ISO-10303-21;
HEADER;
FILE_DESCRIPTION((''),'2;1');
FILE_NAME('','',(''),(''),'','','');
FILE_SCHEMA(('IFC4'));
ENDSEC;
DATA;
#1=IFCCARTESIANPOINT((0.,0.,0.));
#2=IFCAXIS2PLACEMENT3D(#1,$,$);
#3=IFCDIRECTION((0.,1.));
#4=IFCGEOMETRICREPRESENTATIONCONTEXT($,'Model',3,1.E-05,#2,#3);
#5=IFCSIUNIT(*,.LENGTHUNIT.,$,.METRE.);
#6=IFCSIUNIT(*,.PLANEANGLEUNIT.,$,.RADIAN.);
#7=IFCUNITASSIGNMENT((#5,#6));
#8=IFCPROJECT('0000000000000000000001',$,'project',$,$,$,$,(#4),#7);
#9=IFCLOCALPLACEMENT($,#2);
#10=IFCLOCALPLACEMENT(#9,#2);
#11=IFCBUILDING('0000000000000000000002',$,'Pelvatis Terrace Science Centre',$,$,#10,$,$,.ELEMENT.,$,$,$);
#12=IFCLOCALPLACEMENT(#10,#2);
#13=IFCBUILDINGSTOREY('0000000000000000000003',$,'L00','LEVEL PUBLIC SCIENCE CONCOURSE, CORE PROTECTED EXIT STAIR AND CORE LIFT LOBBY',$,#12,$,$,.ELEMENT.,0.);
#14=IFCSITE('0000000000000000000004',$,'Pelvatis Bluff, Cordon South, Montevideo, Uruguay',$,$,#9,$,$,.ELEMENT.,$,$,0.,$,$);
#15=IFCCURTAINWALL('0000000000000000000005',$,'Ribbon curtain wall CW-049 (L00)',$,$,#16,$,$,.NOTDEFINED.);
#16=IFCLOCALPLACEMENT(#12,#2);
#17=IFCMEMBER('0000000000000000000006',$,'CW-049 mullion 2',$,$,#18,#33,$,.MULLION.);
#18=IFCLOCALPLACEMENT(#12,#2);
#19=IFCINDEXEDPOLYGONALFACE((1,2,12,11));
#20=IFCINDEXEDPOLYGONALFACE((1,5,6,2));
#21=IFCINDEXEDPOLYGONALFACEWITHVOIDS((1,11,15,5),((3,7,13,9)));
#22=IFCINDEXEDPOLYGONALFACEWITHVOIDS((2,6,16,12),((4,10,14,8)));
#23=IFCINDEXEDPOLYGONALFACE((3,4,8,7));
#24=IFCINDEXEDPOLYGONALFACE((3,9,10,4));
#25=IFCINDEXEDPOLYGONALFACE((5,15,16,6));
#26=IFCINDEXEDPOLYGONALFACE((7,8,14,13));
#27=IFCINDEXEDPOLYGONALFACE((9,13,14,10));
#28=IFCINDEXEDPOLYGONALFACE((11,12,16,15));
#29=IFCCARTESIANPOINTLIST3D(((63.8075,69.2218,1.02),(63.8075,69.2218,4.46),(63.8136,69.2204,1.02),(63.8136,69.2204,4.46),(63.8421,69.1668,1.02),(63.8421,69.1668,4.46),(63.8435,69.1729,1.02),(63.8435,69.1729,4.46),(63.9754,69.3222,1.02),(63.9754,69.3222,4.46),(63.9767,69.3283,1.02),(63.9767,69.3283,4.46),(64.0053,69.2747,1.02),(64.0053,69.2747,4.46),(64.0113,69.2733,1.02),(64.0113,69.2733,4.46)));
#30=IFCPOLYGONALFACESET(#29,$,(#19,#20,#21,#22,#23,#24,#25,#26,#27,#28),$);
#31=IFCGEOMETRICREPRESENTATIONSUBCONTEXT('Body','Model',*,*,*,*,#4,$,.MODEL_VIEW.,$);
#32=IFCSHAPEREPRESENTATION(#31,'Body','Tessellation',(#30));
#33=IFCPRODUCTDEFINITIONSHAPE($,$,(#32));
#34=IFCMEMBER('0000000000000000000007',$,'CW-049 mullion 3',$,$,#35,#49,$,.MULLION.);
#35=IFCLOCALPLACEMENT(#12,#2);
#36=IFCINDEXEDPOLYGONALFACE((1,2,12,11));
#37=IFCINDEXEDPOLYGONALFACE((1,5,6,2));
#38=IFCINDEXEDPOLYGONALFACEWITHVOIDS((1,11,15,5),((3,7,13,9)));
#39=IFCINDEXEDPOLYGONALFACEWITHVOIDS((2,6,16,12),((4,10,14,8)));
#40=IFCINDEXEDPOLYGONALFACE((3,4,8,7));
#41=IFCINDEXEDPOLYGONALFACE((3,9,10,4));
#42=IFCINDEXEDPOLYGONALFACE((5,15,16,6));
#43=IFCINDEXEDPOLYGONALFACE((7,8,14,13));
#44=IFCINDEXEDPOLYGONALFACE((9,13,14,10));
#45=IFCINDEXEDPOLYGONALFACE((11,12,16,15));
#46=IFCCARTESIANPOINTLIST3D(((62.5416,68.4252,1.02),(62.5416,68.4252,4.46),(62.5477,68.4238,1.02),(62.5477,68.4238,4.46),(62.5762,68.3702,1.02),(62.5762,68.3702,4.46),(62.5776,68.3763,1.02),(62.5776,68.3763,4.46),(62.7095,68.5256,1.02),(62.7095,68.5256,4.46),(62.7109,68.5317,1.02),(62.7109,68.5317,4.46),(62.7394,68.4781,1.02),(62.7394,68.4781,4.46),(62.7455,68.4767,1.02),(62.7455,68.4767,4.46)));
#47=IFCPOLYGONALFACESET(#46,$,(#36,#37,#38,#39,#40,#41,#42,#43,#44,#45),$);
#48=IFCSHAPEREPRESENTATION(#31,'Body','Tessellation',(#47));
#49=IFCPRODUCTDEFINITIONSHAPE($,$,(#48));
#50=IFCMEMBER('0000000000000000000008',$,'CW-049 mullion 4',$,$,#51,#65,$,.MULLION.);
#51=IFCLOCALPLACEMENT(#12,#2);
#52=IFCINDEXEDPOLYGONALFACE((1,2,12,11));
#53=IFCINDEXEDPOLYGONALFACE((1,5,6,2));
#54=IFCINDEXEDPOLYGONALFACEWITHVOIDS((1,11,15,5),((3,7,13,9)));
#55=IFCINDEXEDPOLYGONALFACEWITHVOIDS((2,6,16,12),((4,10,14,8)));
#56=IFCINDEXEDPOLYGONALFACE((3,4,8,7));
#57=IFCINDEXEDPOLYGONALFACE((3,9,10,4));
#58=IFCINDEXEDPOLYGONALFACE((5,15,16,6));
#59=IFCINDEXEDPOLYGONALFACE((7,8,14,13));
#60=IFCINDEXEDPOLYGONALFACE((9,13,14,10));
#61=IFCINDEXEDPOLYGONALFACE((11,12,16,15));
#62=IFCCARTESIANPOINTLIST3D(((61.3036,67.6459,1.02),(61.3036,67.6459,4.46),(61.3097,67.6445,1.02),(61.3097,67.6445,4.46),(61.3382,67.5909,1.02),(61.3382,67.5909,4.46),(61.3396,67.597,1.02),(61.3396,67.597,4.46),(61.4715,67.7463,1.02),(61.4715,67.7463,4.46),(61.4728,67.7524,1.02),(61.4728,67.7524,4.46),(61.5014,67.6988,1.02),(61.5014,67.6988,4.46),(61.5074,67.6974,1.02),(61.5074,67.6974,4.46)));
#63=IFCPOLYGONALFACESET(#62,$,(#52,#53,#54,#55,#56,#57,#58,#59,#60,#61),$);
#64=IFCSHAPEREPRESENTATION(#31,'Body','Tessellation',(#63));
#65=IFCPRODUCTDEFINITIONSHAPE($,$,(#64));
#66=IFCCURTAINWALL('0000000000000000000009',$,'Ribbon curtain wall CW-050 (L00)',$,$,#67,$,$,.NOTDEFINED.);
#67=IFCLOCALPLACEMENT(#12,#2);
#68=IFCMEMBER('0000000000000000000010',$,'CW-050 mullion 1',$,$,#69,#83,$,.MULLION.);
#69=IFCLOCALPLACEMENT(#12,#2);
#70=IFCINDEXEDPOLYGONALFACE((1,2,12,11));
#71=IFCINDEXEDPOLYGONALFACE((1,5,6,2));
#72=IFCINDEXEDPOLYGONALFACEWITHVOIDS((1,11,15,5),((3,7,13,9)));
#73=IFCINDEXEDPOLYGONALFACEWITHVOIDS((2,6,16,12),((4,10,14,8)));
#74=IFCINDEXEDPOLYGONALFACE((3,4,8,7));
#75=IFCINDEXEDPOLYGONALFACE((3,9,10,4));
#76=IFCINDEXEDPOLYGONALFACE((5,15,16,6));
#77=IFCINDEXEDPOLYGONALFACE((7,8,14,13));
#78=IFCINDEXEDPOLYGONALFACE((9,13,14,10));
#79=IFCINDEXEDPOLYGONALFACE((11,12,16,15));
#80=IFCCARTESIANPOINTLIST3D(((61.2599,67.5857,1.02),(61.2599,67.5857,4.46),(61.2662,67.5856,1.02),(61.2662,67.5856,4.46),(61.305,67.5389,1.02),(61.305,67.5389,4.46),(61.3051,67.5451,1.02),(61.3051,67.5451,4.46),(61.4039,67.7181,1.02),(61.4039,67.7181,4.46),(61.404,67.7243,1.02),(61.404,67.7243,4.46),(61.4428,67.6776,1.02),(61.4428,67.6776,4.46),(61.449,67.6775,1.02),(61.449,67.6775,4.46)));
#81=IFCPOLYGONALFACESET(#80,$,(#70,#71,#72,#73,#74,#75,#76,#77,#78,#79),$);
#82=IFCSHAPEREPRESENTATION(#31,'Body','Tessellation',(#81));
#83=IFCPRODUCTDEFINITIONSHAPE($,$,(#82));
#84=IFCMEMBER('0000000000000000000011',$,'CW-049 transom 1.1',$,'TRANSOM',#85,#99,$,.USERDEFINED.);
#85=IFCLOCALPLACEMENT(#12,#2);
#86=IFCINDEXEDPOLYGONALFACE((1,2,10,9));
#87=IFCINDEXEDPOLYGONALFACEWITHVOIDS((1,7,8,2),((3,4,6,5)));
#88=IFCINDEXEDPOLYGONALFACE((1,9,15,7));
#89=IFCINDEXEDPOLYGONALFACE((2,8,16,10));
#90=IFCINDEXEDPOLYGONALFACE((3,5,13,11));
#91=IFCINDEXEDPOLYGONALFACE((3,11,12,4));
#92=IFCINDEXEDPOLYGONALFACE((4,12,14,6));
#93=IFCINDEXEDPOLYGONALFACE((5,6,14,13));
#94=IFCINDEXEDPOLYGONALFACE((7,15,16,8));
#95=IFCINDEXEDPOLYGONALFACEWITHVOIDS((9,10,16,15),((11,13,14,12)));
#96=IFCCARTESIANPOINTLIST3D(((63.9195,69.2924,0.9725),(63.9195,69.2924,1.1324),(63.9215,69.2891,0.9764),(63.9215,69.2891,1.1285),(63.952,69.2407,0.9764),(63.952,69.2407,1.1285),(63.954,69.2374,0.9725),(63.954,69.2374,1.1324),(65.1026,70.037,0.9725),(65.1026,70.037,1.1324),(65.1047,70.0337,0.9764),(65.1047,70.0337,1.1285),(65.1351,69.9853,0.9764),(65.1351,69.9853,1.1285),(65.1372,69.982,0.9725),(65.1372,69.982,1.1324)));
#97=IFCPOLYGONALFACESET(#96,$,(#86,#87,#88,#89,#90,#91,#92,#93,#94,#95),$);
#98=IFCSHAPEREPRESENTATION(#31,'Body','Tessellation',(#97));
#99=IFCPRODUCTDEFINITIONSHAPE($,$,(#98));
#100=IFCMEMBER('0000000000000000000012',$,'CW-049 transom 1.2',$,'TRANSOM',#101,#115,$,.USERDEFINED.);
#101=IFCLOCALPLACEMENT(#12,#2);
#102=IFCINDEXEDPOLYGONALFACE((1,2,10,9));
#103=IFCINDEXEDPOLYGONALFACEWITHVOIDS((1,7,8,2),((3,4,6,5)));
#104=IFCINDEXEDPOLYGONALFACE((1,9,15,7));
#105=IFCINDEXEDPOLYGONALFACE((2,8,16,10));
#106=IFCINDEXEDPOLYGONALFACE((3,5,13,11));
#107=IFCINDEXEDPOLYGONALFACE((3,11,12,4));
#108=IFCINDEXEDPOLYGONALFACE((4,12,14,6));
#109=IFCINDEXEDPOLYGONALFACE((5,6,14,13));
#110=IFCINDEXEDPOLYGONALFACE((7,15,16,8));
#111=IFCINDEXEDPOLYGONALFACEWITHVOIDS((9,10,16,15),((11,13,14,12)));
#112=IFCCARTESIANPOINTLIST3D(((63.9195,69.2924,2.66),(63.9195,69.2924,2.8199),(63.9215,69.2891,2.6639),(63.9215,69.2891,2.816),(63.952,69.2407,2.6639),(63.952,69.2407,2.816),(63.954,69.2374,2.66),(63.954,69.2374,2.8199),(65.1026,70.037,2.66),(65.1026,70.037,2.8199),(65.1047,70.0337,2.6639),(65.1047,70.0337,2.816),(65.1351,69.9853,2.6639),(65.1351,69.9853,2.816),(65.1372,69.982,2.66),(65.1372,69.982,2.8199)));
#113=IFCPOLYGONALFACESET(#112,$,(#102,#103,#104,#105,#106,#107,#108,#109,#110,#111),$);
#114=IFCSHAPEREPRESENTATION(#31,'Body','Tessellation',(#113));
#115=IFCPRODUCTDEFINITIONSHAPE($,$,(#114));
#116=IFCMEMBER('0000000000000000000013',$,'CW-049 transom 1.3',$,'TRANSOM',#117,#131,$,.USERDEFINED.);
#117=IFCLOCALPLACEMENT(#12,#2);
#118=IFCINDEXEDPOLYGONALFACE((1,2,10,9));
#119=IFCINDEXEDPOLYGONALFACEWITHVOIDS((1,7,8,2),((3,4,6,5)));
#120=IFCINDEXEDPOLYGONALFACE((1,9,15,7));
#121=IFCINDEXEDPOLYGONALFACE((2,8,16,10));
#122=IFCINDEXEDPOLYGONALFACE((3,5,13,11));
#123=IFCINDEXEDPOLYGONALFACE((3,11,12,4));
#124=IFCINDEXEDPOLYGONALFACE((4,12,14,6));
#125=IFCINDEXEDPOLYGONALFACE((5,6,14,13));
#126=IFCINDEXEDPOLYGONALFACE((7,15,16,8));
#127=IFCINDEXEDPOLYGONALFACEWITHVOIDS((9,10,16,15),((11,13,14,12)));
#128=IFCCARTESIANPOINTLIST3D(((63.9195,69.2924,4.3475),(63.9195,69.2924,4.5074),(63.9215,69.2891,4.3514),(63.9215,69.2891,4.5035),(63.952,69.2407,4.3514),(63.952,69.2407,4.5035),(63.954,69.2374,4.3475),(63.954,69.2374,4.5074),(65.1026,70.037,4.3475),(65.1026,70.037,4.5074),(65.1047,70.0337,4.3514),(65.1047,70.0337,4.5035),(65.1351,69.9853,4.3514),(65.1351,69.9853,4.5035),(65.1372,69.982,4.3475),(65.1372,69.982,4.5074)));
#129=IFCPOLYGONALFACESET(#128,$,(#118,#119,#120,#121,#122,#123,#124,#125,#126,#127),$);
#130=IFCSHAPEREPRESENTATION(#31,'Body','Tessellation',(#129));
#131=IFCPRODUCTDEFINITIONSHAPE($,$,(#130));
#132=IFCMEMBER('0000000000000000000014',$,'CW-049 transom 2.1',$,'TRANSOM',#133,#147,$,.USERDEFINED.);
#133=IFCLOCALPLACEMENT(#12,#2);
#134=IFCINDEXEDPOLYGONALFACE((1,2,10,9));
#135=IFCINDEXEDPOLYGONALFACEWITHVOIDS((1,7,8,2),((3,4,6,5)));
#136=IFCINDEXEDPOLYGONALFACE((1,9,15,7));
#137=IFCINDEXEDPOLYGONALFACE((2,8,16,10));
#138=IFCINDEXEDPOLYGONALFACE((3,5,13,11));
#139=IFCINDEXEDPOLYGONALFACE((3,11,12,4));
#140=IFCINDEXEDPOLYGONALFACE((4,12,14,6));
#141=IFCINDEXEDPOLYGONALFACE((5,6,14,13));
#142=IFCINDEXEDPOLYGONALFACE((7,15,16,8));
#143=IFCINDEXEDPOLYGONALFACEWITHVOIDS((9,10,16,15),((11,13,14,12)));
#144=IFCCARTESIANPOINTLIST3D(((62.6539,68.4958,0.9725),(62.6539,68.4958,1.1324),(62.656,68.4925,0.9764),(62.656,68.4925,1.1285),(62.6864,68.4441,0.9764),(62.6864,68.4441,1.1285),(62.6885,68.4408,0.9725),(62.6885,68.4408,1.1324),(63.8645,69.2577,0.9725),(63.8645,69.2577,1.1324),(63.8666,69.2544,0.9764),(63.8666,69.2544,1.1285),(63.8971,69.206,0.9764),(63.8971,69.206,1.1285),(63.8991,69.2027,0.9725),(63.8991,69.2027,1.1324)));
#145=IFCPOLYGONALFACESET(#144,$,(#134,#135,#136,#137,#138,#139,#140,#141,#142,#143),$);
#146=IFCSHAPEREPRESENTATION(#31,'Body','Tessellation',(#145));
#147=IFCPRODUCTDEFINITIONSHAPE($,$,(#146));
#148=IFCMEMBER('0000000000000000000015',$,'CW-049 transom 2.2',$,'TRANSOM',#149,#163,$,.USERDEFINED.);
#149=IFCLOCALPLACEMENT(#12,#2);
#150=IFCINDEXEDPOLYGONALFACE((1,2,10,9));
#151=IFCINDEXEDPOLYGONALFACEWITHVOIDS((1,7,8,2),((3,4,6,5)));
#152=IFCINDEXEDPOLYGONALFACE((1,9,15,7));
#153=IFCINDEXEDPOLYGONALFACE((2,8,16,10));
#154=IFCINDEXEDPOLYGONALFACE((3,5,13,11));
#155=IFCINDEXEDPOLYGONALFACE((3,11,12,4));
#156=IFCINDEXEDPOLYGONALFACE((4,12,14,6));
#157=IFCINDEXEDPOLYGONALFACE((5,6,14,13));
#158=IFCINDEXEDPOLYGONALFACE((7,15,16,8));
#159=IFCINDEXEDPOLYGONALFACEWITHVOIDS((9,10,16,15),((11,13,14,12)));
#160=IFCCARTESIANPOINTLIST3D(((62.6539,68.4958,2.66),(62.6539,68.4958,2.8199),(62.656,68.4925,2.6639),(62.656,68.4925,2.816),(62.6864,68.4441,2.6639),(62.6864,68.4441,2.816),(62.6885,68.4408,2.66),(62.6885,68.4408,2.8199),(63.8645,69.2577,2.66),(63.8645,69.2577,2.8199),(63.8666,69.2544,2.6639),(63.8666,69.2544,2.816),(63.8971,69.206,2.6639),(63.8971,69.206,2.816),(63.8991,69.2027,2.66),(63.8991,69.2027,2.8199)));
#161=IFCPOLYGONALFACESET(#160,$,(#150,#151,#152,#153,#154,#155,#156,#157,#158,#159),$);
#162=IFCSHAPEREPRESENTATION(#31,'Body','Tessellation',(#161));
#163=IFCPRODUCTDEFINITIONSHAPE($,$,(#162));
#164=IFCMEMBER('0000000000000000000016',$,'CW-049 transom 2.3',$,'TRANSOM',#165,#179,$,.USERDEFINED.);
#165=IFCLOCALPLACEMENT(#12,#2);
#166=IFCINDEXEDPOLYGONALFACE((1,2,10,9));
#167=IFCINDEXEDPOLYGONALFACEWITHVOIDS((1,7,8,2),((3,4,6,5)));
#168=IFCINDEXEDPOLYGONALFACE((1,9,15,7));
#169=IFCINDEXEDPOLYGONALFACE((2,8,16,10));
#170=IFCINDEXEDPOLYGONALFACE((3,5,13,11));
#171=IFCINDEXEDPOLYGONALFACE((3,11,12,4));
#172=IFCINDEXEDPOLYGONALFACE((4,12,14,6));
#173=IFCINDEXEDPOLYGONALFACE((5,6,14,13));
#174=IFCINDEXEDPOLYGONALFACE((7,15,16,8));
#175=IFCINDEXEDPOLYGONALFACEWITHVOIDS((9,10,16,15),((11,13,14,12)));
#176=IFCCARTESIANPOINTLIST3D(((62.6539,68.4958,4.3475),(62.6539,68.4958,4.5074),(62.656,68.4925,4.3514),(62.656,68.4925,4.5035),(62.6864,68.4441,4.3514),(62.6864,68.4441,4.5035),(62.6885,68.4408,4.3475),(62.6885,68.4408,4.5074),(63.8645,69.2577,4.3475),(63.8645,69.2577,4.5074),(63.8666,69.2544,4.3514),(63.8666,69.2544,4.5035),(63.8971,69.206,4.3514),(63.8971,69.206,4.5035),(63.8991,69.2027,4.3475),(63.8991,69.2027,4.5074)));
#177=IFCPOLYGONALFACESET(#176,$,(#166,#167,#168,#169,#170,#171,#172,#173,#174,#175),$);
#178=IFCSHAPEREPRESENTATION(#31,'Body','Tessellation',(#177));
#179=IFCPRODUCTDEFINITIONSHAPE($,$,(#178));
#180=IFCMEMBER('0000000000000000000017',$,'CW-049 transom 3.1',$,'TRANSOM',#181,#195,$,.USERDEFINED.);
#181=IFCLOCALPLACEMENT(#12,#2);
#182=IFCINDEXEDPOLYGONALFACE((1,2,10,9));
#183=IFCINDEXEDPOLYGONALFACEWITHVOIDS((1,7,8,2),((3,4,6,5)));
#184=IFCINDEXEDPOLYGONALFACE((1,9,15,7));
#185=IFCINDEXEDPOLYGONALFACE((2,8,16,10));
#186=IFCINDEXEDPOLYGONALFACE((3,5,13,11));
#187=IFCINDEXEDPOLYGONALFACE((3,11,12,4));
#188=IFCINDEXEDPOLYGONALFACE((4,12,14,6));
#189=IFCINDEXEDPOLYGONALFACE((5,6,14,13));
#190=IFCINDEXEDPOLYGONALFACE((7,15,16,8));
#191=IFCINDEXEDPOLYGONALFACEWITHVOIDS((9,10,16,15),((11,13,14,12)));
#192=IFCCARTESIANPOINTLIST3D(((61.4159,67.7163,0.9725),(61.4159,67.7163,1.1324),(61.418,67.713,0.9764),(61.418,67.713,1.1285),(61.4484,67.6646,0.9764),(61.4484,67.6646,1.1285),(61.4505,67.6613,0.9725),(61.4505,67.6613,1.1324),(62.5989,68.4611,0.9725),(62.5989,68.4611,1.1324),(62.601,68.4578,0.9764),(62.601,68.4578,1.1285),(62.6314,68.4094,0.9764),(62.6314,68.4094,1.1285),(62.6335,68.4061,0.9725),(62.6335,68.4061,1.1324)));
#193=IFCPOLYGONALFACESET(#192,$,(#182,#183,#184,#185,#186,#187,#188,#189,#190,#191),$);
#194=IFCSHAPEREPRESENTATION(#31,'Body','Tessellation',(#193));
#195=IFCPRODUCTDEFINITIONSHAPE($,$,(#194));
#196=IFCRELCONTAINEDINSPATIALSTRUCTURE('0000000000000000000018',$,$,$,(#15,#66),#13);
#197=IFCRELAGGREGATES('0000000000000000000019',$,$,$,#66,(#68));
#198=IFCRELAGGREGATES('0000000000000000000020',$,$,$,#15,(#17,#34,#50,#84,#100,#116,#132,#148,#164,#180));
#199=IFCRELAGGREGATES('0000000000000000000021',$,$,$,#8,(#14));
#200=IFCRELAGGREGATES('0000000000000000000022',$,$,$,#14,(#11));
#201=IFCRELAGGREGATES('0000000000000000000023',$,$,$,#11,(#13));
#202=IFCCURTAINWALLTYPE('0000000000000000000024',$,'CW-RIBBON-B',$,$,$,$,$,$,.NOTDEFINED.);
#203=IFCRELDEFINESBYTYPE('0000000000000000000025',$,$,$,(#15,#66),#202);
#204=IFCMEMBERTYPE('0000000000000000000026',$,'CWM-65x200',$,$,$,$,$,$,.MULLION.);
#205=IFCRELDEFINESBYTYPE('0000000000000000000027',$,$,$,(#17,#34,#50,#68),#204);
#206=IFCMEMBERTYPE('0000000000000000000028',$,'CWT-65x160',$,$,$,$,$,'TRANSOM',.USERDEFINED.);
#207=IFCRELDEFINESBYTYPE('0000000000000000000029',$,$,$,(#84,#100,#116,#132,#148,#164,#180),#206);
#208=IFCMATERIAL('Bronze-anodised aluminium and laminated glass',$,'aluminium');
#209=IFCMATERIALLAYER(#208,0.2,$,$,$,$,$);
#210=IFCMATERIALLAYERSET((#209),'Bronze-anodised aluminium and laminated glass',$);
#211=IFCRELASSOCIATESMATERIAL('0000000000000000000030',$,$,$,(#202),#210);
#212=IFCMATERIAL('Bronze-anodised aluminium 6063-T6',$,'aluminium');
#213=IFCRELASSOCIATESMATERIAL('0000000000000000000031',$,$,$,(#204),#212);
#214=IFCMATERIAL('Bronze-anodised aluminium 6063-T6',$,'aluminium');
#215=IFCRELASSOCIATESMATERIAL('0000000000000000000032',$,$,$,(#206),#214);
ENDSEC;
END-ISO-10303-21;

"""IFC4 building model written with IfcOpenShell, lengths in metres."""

from ifc_helpers import new_model, si_unit, direction, frame, origin, origin_2d, place, context, subcontext, project, spatial, hollow_rectangle, extrude, material, layer, layer_set, material_profile, profile_set, type_object, element, aggregate, save


model = new_model("IFC4")

# Units and contexts
model_context = context("Model", 3, precision=1e-05, world=origin(), true_north=direction((0.0, 1.0)))
body_context = subcontext(model_context, "Body", "Model", "MODEL_VIEW")
ifc_project = project(units=[si_unit("LENGTHUNIT", "METRE"), si_unit("PLANEANGLEUNIT", "RADIAN")], contexts=[model_context])

# Site, building, storey
site_placement = place(None, origin())
site = spatial("IfcSite", under=ifc_project, at=site_placement, Name="Pelvatis Bluff, Cordon South, Montevideo, Uruguay", CompositionType="ELEMENT", RefElevation=0.0)
building_placement = place(site_placement, origin())
building = spatial("IfcBuilding", under=site, at=building_placement, Name="Pelvatis Terrace Science Centre", CompositionType="ELEMENT")
storey_placement = place(building_placement, origin())
storey = spatial("IfcBuildingStorey", under=building, at=storey_placement, Name="L00", Description="LEVEL PUBLIC SCIENCE CONCOURSE, CORE PROTECTED EXIT STAIR AND CORE LIFT LOBBY", CompositionType="ELEMENT", Elevation=0.0)

# Curtain wall, members
ifc_material_1 = material(Name="Bronze-anodised aluminium and laminated glass", Category="aluminium")
ifc_layer_1 = layer(ifc_material_1, 0.2)
ifc_layer_set_1 = layer_set([ifc_layer_1], Name="Bronze-anodised aluminium and laminated glass")
curtain_wall_type = type_object("IfcCurtainWallType", Name="CW-RIBBON-B", PredefinedType="NOTDEFINED", material=ifc_layer_set_1)
curtain_wall_1_placement = place(storey_placement, origin())
curtain_wall_1 = element("IfcCurtainWall", 1, at=curtain_wall_1_placement, inside=storey, type_object=curtain_wall_type, Name="Ribbon curtain wall CW-049 (L00)", PredefinedType="NOTDEFINED")
ifc_material_2 = material(Name="Bronze-anodised aluminium 6063-T6", Category="aluminium")
ifc_material_profile_1 = material_profile(ifc_material_2, hollow_rectangle(XDim=0.0649, YDim=0.2, WallThickness=0.0044, at=origin_2d()), Name="ALU-MUL 65x200")
ifc_profile_set_1 = profile_set([ifc_material_profile_1], Name="Bronze-anodised aluminium 6063-T6")
member_type_1 = type_object("IfcMemberType", Name="CWM-65x200", PredefinedType="MULLION", material=ifc_profile_set_1)
member_1_placement = place(storey_placement, frame((63.9094, 69.2476, 1.02), z_axis=(0.0, 0.0, 1.0), x_axis=(0.532701, -0.846304, 0.0)))
member_1 = element("IfcMember", 2, at=member_1_placement, type_object=member_type_1, Name="CW-049 mullion 2", PredefinedType="MULLION", context=body_context, shape_type="SweptSolid", body=[
    extrude(hollow_rectangle(XDim=0.0649, YDim=0.2, WallThickness=0.0044, at=origin_2d()), origin(), (0.0, 0.0, 1.0), 3.4399),
])
member_2_placement = place(storey_placement, frame((62.6436, 68.4509, 1.02), z_axis=(0.0, 0.0, 1.0), x_axis=(0.532701, -0.846304, 0.0)))
member_2 = element("IfcMember", 3, at=member_2_placement, type_object=member_type_1, Name="CW-049 mullion 3", PredefinedType="MULLION", context=body_context, shape_type="SweptSolid", body=[
    extrude(hollow_rectangle(XDim=0.0649, YDim=0.2, WallThickness=0.0044, at=origin_2d()), origin(), (0.0, 0.0, 1.0), 3.4399),
])
member_3_placement = place(storey_placement, frame((61.4055, 67.6716, 1.02), z_axis=(0.0, 0.0, 1.0), x_axis=(0.532701, -0.846304, 0.0)))
member_3 = element("IfcMember", 4, at=member_3_placement, type_object=member_type_1, Name="CW-049 mullion 4", PredefinedType="MULLION", context=body_context, shape_type="SweptSolid", body=[
    extrude(hollow_rectangle(XDim=0.0649, YDim=0.2, WallThickness=0.0044, at=origin_2d()), origin(), (0.0, 0.0, 1.0), 3.4399),
])

# Curtain wall, member
curtain_wall_2_placement = place(storey_placement, origin())
curtain_wall_2 = element("IfcCurtainWall", 5, at=curtain_wall_2_placement, inside=storey, type_object=curtain_wall_type, Name="Ribbon curtain wall CW-050 (L00)", PredefinedType="NOTDEFINED")
member_4_placement = place(storey_placement, frame((61.3545, 67.6316, 1.02), z_axis=(0.0, 0.0, 1.0), x_axis=(0.693369, -0.720583, 0.0)))
member_4 = element("IfcMember", 6, at=member_4_placement, type_object=member_type_1, Name="CW-050 mullion 1", PredefinedType="MULLION", context=body_context, shape_type="SweptSolid", body=[
    extrude(hollow_rectangle(XDim=0.0649, YDim=0.2, WallThickness=0.0044, at=origin_2d()), origin(), (0.0, 0.0, 1.0), 3.4399),
])

# Members
ifc_material_3 = material(Name="Bronze-anodised aluminium 6063-T6", Category="aluminium")
ifc_material_profile_2 = material_profile(ifc_material_3, hollow_rectangle(XDim=0.0649, YDim=0.1599, WallThickness=0.0039, at=origin_2d()), Name="ALU-TRN 65x160")
ifc_profile_set_2 = profile_set([ifc_material_profile_2], Name="Bronze-anodised aluminium 6063-T6")
member_type_2 = type_object("IfcMemberType", Name="CWT-65x160", ElementType="TRANSOM", PredefinedType="USERDEFINED", material=ifc_profile_set_2)
member_5_placement = place(storey_placement, frame((65.1199, 70.0095, 1.0525), z_axis=(-0.846326, -0.532665, 0.0), x_axis=(0.532665, -0.846326, 0.0)))
member_5 = element("IfcMember", 7, at=member_5_placement, type_object=member_type_2, Name="CW-049 transom 1.1", ObjectType="TRANSOM", PredefinedType="USERDEFINED", context=body_context, shape_type="SweptSolid", body=[
    extrude(hollow_rectangle(XDim=0.0649, YDim=0.1599, WallThickness=0.0039, at=origin_2d()), origin(), (0.0, 0.0, 1.0), 1.3979),
])
member_6_placement = place(storey_placement, frame((65.1199, 70.0095, 2.74), z_axis=(-0.846326, -0.532665, 0.0), x_axis=(0.532665, -0.846326, 0.0)))
member_6 = element("IfcMember", 8, at=member_6_placement, type_object=member_type_2, Name="CW-049 transom 1.2", ObjectType="TRANSOM", PredefinedType="USERDEFINED", context=body_context, shape_type="SweptSolid", body=[
    extrude(hollow_rectangle(XDim=0.0649, YDim=0.1599, WallThickness=0.0039, at=origin_2d()), origin(), (0.0, 0.0, 1.0), 1.3979),
])
member_7_placement = place(storey_placement, frame((65.1199, 70.0095, 4.4275), z_axis=(-0.846326, -0.532665, 0.0), x_axis=(0.532665, -0.846326, 0.0)))
member_7 = element("IfcMember", 9, at=member_7_placement, type_object=member_type_2, Name="CW-049 transom 1.3", ObjectType="TRANSOM", PredefinedType="USERDEFINED", context=body_context, shape_type="SweptSolid", body=[
    extrude(hollow_rectangle(XDim=0.0649, YDim=0.1599, WallThickness=0.0039, at=origin_2d()), origin(), (0.0, 0.0, 1.0), 1.3979),
])
member_8_placement = place(storey_placement, frame((63.8818, 69.2302, 1.0525), z_axis=(-0.846335, -0.53265, 0.0), x_axis=(0.53265, -0.846335, 0.0)))
member_8 = element("IfcMember", 10, at=member_8_placement, type_object=member_type_2, Name="CW-049 transom 2.1", ObjectType="TRANSOM", PredefinedType="USERDEFINED", context=body_context, shape_type="SweptSolid", body=[
    extrude(hollow_rectangle(XDim=0.0649, YDim=0.1599, WallThickness=0.0039, at=origin_2d()), origin(), (0.0, 0.0, 1.0), 1.4304),
])
member_9_placement = place(storey_placement, frame((63.8818, 69.2302, 2.74), z_axis=(-0.846335, -0.53265, 0.0), x_axis=(0.53265, -0.846335, 0.0)))
member_9 = element("IfcMember", 11, at=member_9_placement, type_object=member_type_2, Name="CW-049 transom 2.2", ObjectType="TRANSOM", PredefinedType="USERDEFINED", context=body_context, shape_type="SweptSolid", body=[
    extrude(hollow_rectangle(XDim=0.0649, YDim=0.1599, WallThickness=0.0039, at=origin_2d()), origin(), (0.0, 0.0, 1.0), 1.4304),
])
member_10_placement = place(storey_placement, frame((63.8818, 69.2302, 4.4275), z_axis=(-0.846335, -0.53265, 0.0), x_axis=(0.53265, -0.846335, 0.0)))
member_10 = element("IfcMember", 12, at=member_10_placement, type_object=member_type_2, Name="CW-049 transom 2.3", ObjectType="TRANSOM", PredefinedType="USERDEFINED", context=body_context, shape_type="SweptSolid", body=[
    extrude(hollow_rectangle(XDim=0.0649, YDim=0.1599, WallThickness=0.0039, at=origin_2d()), origin(), (0.0, 0.0, 1.0), 1.4304),
])
member_11_placement = place(storey_placement, frame((62.6162, 68.4336, 1.0525), z_axis=(-0.846247, -0.53279, 0.0), x_axis=(0.53279, -0.846247, 0.0)))
member_11 = element("IfcMember", 13, at=member_11_placement, type_object=member_type_2, Name="CW-049 transom 3.1", ObjectType="TRANSOM", PredefinedType="USERDEFINED", context=body_context, shape_type="SweptSolid", body=[
    extrude(hollow_rectangle(XDim=0.0649, YDim=0.1599, WallThickness=0.0039, at=origin_2d()), origin(), (0.0, 0.0, 1.0), 1.3979),
])
aggregate(curtain_wall_2, [member_4])

aggregate(curtain_wall_1, [member_1, member_2, member_3, member_5, member_6, member_7, member_8, member_9, member_10, member_11])

save(model, "model.ifc")
